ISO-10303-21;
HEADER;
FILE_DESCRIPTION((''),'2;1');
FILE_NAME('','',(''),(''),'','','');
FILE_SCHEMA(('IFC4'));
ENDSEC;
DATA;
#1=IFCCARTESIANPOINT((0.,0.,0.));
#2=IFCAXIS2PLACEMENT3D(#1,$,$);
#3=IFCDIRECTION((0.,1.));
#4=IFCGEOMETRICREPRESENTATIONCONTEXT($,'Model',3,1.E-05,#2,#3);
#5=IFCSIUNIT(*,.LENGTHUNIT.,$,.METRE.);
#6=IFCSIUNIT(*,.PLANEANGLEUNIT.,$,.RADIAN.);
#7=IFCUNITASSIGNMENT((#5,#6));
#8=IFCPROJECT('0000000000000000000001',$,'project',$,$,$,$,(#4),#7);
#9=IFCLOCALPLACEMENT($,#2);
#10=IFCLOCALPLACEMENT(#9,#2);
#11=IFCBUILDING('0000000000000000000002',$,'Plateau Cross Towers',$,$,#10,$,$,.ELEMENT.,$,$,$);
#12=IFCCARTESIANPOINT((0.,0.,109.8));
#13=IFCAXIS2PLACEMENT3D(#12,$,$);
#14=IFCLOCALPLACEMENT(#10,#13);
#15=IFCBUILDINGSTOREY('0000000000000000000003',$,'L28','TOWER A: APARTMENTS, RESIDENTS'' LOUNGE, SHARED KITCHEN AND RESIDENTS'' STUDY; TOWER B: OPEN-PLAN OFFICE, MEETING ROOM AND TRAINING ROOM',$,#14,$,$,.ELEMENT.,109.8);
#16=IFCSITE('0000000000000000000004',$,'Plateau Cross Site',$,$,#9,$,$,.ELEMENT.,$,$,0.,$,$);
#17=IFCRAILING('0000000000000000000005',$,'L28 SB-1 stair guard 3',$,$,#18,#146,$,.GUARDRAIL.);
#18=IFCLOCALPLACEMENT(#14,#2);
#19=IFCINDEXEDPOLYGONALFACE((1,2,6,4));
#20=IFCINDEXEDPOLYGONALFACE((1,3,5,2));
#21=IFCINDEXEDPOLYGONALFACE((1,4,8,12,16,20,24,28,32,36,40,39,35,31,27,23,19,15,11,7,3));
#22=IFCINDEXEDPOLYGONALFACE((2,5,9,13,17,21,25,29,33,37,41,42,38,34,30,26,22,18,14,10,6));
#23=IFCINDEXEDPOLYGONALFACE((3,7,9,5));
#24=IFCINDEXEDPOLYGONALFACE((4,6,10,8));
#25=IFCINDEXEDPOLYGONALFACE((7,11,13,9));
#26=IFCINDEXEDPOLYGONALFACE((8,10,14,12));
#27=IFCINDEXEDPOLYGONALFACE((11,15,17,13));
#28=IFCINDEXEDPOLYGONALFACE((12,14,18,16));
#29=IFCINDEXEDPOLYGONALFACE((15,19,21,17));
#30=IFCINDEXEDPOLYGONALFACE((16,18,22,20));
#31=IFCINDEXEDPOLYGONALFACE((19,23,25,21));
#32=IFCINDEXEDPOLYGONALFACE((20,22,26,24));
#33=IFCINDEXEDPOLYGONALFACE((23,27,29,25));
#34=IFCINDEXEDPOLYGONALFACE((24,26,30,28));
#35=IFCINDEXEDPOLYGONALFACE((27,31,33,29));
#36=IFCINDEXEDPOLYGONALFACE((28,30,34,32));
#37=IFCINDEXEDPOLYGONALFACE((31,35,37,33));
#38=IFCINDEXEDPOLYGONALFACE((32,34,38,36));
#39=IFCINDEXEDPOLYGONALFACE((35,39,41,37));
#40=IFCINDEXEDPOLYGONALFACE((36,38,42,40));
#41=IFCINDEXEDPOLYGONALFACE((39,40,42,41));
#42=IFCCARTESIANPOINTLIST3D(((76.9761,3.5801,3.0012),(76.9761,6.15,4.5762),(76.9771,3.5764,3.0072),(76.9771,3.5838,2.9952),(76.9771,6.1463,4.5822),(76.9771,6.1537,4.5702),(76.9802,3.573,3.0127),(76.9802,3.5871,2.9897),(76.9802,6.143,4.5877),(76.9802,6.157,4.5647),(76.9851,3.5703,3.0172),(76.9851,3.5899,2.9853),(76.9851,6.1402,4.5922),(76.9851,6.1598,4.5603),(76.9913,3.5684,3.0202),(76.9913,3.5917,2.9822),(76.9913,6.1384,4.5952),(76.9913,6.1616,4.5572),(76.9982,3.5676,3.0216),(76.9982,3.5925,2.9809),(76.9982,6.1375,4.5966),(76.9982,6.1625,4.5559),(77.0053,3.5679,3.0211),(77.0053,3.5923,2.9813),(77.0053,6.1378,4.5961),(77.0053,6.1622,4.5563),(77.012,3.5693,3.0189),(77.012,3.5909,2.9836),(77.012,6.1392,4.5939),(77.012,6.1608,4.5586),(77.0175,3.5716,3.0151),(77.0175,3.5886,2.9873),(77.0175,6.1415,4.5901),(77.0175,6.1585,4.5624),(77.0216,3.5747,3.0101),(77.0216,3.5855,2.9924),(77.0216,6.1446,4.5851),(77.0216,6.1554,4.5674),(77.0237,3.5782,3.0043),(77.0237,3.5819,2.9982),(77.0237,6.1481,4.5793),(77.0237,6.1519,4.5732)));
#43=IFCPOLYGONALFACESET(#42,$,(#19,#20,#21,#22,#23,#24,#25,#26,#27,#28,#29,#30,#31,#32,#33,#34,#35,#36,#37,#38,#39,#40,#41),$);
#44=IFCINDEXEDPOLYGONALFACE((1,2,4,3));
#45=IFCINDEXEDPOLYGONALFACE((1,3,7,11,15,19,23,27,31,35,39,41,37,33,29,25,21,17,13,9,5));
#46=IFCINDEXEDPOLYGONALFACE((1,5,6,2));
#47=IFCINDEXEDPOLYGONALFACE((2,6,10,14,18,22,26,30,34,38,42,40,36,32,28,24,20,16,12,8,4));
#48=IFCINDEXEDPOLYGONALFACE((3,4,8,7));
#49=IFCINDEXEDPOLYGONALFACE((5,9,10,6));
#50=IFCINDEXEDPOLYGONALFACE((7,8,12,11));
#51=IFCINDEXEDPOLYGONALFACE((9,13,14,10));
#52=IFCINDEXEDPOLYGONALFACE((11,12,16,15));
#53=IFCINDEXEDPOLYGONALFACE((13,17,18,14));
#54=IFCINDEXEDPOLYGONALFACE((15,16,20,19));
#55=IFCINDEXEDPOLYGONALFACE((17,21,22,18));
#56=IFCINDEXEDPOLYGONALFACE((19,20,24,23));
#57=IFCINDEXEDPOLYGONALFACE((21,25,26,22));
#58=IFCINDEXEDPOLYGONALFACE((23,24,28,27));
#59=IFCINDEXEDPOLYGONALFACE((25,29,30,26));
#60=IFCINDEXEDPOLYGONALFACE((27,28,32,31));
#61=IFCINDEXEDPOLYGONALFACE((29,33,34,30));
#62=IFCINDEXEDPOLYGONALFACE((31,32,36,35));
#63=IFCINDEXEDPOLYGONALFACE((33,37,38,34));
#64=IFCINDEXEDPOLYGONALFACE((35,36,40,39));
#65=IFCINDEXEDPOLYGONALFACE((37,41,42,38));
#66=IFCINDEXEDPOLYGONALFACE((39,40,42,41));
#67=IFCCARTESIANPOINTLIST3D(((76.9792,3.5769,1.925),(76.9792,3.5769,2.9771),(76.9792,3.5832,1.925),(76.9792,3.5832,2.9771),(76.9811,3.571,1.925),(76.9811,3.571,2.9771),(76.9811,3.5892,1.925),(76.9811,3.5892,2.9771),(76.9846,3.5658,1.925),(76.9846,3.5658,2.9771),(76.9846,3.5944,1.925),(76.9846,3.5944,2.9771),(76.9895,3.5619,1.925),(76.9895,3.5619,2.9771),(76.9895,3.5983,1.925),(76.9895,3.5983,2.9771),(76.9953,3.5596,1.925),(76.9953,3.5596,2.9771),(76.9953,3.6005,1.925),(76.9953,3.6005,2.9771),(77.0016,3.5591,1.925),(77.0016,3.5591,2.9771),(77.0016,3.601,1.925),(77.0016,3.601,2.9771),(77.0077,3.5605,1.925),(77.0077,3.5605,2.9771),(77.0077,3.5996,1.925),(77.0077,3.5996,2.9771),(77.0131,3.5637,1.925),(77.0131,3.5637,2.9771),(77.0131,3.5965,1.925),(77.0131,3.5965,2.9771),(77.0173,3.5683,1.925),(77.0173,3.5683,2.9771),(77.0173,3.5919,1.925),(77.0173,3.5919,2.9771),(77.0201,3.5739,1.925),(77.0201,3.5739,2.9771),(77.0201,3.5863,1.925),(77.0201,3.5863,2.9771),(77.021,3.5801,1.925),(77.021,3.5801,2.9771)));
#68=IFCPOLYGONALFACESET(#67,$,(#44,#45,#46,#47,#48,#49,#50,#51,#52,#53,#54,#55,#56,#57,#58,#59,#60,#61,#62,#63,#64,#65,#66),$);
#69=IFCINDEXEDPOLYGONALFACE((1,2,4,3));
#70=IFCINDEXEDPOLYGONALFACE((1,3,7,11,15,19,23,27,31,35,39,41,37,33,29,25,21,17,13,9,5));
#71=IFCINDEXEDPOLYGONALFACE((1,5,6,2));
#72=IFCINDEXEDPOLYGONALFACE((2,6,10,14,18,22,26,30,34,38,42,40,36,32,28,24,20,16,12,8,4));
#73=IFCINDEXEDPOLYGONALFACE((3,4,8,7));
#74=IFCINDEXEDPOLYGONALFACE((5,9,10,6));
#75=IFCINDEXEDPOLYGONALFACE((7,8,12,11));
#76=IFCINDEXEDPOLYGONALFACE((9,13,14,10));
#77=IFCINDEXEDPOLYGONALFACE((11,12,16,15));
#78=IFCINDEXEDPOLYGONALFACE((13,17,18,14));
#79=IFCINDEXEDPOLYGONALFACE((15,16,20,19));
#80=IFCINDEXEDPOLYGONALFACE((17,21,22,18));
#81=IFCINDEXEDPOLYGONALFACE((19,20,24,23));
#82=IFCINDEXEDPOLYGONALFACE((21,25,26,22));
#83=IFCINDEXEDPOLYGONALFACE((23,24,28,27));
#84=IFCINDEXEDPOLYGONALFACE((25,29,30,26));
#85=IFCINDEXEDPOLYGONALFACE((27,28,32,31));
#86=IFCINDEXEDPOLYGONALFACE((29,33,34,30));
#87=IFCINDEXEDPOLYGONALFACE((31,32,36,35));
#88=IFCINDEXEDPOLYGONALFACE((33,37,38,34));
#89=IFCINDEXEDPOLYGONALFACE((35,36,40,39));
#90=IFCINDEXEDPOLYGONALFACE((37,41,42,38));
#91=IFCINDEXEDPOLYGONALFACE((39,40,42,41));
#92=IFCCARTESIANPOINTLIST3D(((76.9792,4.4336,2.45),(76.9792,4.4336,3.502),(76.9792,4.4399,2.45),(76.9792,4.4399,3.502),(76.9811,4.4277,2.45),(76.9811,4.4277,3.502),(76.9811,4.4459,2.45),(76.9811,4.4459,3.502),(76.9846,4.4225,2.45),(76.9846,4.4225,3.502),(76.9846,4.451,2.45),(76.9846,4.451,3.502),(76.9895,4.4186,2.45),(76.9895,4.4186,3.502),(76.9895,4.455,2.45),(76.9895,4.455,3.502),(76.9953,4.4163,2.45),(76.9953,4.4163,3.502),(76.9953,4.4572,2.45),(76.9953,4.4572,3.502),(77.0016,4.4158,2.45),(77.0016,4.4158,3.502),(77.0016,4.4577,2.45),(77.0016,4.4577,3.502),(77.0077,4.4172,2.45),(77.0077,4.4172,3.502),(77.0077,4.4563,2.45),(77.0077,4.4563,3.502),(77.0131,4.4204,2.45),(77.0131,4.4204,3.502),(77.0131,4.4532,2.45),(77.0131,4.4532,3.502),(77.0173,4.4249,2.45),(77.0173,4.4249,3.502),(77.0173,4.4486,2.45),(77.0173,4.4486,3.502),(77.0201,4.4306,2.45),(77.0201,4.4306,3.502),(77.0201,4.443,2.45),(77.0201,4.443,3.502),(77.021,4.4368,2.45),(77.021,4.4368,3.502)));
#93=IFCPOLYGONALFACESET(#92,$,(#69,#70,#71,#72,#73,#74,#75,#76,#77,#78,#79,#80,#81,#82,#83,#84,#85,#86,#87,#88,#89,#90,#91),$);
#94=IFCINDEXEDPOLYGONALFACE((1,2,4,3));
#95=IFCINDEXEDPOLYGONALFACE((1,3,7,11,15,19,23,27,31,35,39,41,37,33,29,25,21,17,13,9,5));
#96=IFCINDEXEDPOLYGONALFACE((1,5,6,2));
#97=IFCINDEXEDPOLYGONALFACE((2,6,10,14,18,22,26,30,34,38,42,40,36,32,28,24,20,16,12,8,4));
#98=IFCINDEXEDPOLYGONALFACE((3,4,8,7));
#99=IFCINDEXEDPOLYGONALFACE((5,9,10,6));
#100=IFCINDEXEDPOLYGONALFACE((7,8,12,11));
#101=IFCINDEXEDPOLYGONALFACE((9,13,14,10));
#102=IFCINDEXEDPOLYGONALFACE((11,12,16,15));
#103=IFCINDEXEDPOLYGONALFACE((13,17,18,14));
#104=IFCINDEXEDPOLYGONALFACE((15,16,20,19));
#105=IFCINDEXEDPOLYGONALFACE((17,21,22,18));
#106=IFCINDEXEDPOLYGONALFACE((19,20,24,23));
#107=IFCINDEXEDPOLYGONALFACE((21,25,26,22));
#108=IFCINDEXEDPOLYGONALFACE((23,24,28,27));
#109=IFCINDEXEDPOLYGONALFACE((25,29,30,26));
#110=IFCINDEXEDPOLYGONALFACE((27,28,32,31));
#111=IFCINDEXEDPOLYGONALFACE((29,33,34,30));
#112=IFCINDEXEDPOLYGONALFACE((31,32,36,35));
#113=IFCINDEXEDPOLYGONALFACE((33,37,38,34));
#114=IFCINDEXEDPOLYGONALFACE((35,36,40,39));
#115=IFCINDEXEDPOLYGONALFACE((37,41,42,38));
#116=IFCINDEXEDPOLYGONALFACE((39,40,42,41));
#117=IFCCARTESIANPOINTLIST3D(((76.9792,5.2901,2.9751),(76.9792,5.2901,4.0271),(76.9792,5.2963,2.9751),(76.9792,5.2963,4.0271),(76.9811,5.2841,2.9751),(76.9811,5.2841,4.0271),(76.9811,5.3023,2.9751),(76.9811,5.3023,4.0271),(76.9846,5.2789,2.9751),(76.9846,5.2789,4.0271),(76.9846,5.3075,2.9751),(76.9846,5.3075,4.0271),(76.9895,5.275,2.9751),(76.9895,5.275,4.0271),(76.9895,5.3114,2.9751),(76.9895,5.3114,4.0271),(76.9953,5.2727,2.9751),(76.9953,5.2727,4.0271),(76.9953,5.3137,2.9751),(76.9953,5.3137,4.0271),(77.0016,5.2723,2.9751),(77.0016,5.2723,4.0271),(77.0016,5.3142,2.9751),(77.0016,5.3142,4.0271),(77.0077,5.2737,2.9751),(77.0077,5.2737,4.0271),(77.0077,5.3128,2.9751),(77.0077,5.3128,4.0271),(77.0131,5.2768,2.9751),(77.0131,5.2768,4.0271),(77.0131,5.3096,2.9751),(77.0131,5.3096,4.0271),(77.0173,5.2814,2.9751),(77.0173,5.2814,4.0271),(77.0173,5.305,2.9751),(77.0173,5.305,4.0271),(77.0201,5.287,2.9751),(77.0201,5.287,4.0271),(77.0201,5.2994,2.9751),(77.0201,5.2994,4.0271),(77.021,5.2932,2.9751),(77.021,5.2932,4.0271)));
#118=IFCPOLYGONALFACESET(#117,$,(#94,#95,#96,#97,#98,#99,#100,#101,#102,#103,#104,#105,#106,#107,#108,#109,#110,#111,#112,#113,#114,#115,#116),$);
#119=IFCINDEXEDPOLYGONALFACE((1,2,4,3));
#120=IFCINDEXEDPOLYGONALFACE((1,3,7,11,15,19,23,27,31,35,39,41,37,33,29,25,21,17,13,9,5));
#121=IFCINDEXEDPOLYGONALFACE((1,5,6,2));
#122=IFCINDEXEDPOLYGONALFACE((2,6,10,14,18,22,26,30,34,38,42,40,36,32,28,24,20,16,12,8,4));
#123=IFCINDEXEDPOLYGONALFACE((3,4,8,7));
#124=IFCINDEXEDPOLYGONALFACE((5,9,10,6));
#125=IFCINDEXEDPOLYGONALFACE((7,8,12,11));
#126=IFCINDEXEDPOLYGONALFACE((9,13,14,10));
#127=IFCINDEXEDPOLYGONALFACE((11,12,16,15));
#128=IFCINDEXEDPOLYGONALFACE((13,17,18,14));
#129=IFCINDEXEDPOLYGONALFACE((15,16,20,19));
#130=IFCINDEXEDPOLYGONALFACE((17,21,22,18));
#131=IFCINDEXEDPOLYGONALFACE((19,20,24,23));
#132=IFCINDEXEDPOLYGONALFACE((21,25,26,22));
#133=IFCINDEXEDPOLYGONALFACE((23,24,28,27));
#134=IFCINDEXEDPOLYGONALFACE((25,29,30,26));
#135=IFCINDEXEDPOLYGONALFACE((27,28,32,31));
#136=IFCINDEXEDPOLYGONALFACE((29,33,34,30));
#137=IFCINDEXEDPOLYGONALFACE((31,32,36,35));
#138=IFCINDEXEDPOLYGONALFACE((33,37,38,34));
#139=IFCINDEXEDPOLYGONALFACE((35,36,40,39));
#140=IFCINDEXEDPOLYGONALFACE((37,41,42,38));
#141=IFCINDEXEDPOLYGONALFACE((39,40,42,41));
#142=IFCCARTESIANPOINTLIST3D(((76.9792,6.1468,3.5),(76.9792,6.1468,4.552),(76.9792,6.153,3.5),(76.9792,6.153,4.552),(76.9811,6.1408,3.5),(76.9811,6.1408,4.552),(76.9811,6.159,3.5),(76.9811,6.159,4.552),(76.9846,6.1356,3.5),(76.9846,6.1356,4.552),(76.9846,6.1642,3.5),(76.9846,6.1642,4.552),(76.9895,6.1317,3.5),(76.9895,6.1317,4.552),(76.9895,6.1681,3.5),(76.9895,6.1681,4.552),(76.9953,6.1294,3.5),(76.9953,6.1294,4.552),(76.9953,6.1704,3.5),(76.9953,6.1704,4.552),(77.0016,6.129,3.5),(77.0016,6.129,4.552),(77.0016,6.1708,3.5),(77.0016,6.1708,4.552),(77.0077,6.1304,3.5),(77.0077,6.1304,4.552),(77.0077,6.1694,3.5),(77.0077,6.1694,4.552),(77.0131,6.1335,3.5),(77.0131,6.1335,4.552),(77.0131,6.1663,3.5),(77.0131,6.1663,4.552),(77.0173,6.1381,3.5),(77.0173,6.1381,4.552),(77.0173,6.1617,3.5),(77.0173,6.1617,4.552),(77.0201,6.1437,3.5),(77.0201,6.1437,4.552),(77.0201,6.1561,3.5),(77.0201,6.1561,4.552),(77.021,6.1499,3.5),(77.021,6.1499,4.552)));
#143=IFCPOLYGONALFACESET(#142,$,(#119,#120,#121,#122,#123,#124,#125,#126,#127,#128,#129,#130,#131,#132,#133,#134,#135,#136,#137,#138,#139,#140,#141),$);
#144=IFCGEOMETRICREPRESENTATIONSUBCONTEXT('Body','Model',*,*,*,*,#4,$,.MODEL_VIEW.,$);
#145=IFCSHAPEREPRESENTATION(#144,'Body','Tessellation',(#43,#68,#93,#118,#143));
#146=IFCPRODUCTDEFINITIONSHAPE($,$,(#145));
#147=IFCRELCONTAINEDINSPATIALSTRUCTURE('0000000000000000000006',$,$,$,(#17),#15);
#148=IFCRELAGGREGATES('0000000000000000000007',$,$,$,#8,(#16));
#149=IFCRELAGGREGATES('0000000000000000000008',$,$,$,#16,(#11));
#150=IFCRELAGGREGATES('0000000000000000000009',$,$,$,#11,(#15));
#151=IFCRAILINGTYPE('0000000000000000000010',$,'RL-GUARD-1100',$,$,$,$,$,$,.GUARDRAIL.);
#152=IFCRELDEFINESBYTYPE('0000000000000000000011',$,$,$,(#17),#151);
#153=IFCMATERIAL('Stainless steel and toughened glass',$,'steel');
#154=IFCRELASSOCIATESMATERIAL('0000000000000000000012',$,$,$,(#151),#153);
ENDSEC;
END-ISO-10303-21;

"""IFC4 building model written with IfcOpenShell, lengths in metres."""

from ifc_helpers import new_model, si_unit, direction, frame, origin, origin_2d, place, context, subcontext, project, spatial, circle, extrude, material, type_object, element, save


model = new_model("IFC4")

# Units and contexts
model_context = context("Model", 3, precision=1e-05, world=origin(), true_north=direction((0.0, 1.0)))
body_context = subcontext(model_context, "Body", "Model", "MODEL_VIEW")
ifc_project = project(units=[si_unit("LENGTHUNIT", "METRE"), si_unit("PLANEANGLEUNIT", "RADIAN")], contexts=[model_context])

# Site, building, storey
site_placement = place(None, origin())
site = spatial("IfcSite", under=ifc_project, at=site_placement, Name="Plateau Cross Site", CompositionType="ELEMENT", RefElevation=0.0)
building_placement = place(site_placement, origin())
building = spatial("IfcBuilding", under=site, at=building_placement, Name="Plateau Cross Towers", CompositionType="ELEMENT")
storey_placement = place(building_placement, frame((0.0, 0.0, 109.8)))
storey = spatial("IfcBuildingStorey", under=building, at=storey_placement, Name="L28", Description="TOWER A: APARTMENTS, RESIDENTS' LOUNGE, SHARED KITCHEN AND RESIDENTS' STUDY; TOWER B: OPEN-PLAN OFFICE, MEETING ROOM AND TRAINING ROOM", CompositionType="ELEMENT", Elevation=109.8)

# Railing
ifc_material_1 = material(Name="Stainless steel and toughened glass", Category="steel")
railing_type_1 = type_object("IfcRailingType", Name="RL-GUARD-1100", PredefinedType="GUARDRAIL", material=ifc_material_1)
railing_1_placement = place(storey_placement, frame((77.0, 3.5801, 1.925)))
element("IfcRailing", 1, at=railing_1_placement, inside=storey, type_object=railing_type_1, Name="L28 SB-1 stair guard 3", PredefinedType="GUARDRAIL", context=body_context, shape_type="SweptSolid", body=[
    extrude(circle(Radius=0.0239, at=origin_2d()), frame((0.0, 0.0, 1.0762), z_axis=(0.0, 0.852616, 0.522537), x_axis=(-1.0, 0.0, 0.0)), (0.0, 0.0, 1.0), 3.0142),
    extrude(circle(Radius=0.021, at=origin_2d()), origin(), (0.0, 0.0, 1.0), 1.052),
    extrude(circle(Radius=0.021, at=origin_2d()), frame((0.0, 0.8567, 0.5249)), (0.0, 0.0, 1.0), 1.052),
    extrude(circle(Radius=0.021, at=origin_2d()), frame((0.0, 1.7131, 1.05)), (0.0, 0.0, 1.0), 1.052),
    extrude(circle(Radius=0.021, at=origin_2d()), frame((0.0, 2.5698, 1.575)), (0.0, 0.0, 1.0), 1.052),
])

save(model, "model.ifc")
